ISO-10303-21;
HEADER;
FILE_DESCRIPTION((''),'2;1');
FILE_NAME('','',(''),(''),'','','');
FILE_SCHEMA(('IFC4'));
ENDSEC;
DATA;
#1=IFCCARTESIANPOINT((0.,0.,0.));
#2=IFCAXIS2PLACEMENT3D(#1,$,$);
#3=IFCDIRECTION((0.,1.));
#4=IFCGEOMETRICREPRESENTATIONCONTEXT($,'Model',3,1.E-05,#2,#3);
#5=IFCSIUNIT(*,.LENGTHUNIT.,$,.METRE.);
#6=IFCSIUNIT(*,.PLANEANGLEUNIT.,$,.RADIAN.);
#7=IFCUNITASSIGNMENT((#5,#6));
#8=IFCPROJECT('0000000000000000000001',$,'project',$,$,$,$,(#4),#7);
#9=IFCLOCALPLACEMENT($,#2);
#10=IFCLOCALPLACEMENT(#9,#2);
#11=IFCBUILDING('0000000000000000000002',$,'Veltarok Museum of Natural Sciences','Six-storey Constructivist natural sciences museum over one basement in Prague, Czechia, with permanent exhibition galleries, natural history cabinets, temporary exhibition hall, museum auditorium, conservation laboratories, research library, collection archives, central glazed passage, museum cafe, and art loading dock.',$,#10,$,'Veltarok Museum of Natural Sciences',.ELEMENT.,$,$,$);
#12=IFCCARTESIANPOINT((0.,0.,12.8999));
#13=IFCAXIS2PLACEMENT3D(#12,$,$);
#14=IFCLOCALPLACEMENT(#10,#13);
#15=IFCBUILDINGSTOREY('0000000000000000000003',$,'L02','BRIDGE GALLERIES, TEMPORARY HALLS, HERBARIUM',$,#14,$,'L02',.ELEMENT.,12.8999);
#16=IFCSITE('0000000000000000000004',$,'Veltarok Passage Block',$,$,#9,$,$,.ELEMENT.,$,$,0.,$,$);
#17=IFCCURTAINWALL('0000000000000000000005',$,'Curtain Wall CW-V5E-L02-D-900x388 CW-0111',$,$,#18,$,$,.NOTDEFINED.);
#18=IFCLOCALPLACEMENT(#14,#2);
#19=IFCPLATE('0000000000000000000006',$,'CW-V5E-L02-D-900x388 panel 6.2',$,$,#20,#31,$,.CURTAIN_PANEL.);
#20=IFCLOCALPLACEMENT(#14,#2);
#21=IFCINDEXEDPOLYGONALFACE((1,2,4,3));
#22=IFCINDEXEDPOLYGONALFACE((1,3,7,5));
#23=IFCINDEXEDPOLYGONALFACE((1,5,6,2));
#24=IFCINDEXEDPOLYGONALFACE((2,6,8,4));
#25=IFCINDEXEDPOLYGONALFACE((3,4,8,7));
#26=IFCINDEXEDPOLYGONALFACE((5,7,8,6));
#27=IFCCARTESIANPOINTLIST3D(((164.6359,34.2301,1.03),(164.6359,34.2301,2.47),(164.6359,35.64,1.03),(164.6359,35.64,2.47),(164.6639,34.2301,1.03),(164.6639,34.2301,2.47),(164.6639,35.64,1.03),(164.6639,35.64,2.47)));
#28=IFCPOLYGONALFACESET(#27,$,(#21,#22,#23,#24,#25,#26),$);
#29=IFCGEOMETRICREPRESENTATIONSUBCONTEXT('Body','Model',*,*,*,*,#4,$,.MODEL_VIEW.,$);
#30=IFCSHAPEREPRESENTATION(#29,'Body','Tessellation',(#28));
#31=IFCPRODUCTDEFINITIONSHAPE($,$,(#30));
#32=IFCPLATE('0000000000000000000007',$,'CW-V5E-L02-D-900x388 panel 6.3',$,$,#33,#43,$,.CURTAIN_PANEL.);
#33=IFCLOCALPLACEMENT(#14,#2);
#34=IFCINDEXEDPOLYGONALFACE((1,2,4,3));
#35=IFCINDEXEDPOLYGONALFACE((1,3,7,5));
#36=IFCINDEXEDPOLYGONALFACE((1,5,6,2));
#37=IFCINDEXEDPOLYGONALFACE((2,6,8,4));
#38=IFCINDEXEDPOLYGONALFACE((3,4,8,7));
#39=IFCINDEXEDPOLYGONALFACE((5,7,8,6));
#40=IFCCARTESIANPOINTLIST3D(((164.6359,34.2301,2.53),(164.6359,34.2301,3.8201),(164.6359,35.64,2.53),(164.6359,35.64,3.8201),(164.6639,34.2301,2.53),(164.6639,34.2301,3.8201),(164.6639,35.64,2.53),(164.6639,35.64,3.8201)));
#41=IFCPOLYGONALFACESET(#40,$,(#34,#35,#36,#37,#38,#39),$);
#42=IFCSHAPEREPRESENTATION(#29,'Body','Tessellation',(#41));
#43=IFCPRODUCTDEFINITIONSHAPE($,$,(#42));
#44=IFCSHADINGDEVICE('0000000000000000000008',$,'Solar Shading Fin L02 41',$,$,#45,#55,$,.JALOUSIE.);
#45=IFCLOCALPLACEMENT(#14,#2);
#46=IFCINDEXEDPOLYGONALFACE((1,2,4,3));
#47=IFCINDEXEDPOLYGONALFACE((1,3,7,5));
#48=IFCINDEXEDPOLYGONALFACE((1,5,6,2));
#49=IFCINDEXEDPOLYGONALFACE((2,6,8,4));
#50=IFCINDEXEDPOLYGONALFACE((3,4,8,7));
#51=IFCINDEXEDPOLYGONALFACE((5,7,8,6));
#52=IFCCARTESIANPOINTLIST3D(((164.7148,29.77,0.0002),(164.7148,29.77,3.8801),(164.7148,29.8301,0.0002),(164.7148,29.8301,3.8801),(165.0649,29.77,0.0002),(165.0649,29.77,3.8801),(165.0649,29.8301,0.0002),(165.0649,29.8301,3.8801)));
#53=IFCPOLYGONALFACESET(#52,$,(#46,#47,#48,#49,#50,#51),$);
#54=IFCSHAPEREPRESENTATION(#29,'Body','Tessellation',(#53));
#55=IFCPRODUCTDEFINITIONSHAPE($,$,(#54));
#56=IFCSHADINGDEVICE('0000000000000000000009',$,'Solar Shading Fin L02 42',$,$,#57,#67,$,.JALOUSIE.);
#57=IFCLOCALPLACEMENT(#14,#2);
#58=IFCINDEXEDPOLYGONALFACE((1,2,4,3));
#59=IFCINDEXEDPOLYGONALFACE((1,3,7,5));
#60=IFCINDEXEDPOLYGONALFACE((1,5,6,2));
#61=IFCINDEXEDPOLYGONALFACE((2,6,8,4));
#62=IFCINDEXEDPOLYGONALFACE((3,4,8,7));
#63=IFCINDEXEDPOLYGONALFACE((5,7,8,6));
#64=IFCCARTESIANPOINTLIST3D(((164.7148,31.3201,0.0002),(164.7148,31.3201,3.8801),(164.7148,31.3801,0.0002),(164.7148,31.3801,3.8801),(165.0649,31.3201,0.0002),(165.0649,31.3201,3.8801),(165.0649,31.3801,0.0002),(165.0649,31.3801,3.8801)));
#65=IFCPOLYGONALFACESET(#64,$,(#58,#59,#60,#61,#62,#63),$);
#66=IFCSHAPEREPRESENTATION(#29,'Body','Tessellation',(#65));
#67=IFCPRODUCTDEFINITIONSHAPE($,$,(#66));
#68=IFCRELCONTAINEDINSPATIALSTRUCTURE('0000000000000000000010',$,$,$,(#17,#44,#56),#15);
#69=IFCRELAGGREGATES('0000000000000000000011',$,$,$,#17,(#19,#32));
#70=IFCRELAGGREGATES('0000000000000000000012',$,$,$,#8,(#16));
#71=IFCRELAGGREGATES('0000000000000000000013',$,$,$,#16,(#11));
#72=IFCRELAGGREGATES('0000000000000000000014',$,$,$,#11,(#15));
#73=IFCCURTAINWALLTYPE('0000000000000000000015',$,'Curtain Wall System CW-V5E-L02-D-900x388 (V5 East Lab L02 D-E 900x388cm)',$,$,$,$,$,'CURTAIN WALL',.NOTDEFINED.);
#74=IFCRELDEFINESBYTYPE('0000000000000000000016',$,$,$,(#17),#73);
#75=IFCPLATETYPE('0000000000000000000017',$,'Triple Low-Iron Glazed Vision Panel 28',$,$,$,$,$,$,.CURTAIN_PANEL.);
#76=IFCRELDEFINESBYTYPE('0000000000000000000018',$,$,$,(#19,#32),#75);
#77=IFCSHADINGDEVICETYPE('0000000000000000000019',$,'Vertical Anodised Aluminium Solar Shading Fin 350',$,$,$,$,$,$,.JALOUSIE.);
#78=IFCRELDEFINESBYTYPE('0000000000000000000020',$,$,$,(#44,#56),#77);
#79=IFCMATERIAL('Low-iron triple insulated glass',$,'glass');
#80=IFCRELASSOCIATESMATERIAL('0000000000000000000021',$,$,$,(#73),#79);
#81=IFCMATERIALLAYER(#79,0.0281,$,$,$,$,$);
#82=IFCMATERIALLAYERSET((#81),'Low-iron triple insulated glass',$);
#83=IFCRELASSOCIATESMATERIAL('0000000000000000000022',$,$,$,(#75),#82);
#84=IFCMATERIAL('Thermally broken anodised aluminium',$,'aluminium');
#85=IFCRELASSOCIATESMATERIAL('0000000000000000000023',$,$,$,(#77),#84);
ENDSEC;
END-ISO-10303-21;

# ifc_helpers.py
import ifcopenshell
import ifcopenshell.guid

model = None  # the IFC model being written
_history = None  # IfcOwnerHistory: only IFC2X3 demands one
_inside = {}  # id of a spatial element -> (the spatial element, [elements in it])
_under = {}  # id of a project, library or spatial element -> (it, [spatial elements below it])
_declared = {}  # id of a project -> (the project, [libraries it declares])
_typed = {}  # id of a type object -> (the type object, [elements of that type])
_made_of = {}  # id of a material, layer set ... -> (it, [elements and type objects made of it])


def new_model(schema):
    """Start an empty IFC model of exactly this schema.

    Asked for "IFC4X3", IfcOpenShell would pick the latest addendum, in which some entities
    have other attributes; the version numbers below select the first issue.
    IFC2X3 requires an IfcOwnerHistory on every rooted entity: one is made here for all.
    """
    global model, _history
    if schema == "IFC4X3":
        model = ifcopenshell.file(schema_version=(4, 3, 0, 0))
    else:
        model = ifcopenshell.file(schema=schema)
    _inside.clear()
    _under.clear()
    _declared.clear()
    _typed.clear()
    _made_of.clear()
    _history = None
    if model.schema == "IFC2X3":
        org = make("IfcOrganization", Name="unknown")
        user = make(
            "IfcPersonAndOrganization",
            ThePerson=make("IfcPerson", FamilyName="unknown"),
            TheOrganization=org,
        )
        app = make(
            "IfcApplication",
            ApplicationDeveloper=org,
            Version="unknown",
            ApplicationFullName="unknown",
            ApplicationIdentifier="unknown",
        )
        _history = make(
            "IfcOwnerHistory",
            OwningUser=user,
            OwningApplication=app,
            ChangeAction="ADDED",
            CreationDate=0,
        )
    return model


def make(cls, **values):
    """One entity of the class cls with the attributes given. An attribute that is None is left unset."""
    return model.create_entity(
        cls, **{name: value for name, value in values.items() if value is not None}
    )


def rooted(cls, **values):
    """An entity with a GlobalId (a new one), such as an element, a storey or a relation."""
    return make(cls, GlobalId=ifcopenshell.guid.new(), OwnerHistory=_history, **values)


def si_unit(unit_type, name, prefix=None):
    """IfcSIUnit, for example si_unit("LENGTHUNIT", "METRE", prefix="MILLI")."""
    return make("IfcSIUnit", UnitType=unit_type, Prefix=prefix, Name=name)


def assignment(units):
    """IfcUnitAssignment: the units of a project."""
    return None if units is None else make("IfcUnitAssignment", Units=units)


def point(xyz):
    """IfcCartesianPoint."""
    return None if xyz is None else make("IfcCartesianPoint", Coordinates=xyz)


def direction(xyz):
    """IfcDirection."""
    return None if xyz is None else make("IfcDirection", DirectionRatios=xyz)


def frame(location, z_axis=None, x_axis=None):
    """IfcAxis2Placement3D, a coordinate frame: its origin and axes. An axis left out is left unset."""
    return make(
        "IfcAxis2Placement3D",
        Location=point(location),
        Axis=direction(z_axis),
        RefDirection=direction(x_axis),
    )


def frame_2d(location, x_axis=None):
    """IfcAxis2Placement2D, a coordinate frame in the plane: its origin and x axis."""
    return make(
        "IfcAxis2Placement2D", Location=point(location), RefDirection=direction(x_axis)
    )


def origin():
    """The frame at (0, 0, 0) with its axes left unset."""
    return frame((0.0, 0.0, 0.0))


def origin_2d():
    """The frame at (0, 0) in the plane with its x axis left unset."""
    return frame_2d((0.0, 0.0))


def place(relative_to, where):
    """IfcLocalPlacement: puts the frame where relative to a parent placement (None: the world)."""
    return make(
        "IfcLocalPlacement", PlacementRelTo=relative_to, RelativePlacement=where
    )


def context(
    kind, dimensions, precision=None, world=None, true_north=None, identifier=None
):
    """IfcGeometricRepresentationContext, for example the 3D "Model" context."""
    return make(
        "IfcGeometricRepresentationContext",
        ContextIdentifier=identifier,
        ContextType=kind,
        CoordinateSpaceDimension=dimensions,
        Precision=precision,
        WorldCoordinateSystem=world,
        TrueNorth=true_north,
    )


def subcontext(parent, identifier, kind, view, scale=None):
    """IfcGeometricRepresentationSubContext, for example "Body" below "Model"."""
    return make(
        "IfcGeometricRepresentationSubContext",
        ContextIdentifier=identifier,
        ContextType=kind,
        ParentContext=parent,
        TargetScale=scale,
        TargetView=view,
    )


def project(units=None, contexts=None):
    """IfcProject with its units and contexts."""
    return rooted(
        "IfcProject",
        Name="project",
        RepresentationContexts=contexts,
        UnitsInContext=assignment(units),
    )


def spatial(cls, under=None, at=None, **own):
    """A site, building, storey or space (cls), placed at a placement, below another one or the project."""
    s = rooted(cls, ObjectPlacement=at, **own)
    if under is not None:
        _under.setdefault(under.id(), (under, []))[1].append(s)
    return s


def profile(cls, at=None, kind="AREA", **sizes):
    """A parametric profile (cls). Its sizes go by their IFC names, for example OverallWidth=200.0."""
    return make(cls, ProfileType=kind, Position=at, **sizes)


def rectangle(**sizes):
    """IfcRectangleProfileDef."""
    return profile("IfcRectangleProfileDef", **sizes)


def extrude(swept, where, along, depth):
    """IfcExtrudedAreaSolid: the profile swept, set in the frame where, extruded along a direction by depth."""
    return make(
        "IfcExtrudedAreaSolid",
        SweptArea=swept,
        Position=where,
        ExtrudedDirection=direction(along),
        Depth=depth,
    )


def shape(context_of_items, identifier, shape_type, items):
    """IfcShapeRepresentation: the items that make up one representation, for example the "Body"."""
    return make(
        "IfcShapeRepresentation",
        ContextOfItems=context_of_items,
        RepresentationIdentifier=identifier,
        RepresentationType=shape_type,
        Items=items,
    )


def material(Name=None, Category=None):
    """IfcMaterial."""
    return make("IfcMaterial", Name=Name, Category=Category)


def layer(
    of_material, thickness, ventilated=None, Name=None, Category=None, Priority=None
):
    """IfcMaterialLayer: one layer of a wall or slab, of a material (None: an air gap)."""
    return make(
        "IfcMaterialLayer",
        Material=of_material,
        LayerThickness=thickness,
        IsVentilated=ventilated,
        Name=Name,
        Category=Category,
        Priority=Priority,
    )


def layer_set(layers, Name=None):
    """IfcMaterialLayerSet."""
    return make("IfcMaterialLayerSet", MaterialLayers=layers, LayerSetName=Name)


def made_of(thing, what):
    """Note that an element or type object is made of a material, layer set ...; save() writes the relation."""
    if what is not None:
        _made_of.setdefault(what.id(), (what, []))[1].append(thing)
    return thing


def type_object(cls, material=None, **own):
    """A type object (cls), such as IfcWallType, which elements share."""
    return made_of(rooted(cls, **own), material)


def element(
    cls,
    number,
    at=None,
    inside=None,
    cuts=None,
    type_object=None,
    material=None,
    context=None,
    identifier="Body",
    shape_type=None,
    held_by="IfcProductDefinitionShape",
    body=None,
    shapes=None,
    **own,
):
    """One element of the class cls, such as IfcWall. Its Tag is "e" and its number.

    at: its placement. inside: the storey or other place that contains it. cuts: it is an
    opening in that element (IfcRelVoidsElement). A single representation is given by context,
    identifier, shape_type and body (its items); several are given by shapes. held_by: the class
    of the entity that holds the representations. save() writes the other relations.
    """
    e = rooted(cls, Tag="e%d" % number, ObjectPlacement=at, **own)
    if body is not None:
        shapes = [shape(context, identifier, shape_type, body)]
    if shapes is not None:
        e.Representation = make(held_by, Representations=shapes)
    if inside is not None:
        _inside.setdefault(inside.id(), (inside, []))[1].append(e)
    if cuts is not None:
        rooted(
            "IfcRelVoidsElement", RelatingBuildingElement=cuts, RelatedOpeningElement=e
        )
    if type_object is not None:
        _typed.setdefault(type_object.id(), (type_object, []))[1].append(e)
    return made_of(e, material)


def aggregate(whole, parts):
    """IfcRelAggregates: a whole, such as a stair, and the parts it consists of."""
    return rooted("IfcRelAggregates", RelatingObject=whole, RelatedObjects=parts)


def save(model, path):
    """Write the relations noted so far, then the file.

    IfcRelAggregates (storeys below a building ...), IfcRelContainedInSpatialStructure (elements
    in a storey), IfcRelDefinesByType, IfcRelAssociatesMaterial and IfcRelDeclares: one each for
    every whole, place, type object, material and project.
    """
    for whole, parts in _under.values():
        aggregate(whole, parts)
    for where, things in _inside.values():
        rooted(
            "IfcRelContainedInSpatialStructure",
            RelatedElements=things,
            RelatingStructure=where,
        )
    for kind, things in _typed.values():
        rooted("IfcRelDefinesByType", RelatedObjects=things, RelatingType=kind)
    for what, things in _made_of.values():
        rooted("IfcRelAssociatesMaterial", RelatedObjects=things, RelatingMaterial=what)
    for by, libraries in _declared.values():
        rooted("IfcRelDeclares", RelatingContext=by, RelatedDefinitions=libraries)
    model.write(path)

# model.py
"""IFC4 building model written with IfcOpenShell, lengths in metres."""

from ifc_helpers import new_model, si_unit, direction, frame, origin, origin_2d, place, context, subcontext, project, spatial, rectangle, extrude, material, layer, layer_set, type_object, element, aggregate, save


model = new_model("IFC4")

# Units and contexts
model_context = context("Model", 3, precision=1e-05, world=origin(), true_north=direction((0.0, 1.0)))
body_context = subcontext(model_context, "Body", "Model", "MODEL_VIEW")
ifc_project = project(units=[si_unit("LENGTHUNIT", "METRE"), si_unit("PLANEANGLEUNIT", "RADIAN")], contexts=[model_context])

# Site, building, storey
site_placement = place(None, origin())
site = spatial("IfcSite", under=ifc_project, at=site_placement, Name="Veltarok Passage Block", CompositionType="ELEMENT", RefElevation=0.0)
building_placement = place(site_placement, origin())
building = spatial("IfcBuilding", under=site, at=building_placement, Name="Veltarok Museum of Natural Sciences", Description="Six-storey Constructivist natural sciences museum over one basement in Prague, Czechia, with permanent exhibition galleries, natural history cabinets, temporary exhibition hall, museum auditorium, conservation laboratories, research library, collection archives, central glazed passage, museum cafe, and art loading dock.", LongName="Veltarok Museum of Natural Sciences", CompositionType="ELEMENT")
storey_placement = place(building_placement, frame((0.0, 0.0, 12.8999)))
storey = spatial("IfcBuildingStorey", under=building, at=storey_placement, Name="L02", Description="BRIDGE GALLERIES, TEMPORARY HALLS, HERBARIUM", LongName="L02", CompositionType="ELEMENT", Elevation=12.8999)

# Curtain wall
ifc_material_1 = material(Name="Low-iron triple insulated glass", Category="glass")
curtain_wall_type_1 = type_object("IfcCurtainWallType", Name="Curtain Wall System CW-V5E-L02-D-900x388 (V5 East Lab L02 D-E 900x388cm)", ElementType="CURTAIN WALL", PredefinedType="NOTDEFINED", material=ifc_material_1)
curtain_wall_1_placement = place(storey_placement, origin())
curtain_wall_1 = element("IfcCurtainWall", 1, at=curtain_wall_1_placement, inside=storey, type_object=curtain_wall_type_1, Name="Curtain Wall CW-V5E-L02-D-900x388 CW-0111", PredefinedType="NOTDEFINED")
ifc_material_2 = material(Name="Thermally broken anodised aluminium", Category="aluminium")

# Plates
ifc_layer = layer(ifc_material_1, 0.0281)
ifc_layer_set = layer_set([ifc_layer], Name="Low-iron triple insulated glass")
plate_type = type_object("IfcPlateType", Name="Triple Low-Iron Glazed Vision Panel 28", PredefinedType="CURTAIN_PANEL", material=ifc_layer_set)
plate_1_placement = place(storey_placement, frame((164.6499, 34.9351, 1.03), z_axis=(0.0, 0.0, 1.0), x_axis=(0.0, 1.0, 0.0)))
plate_1 = element("IfcPlate", 2, at=plate_1_placement, type_object=plate_type, Name="CW-V5E-L02-D-900x388 panel 6.2", PredefinedType="CURTAIN_PANEL", context=body_context, shape_type="SweptSolid", body=[
    extrude(rectangle(XDim=1.4099, YDim=0.0281, at=origin_2d()), origin(), (0.0, 0.0, 1.0), 1.4399),
])
plate_2_placement = place(storey_placement, frame((164.6499, 34.9351, 2.53), z_axis=(0.0, 0.0, 1.0), x_axis=(0.0, 1.0, 0.0)))
plate_2 = element("IfcPlate", 3, at=plate_2_placement, type_object=plate_type, Name="CW-V5E-L02-D-900x388 panel 6.3", PredefinedType="CURTAIN_PANEL", context=body_context, shape_type="SweptSolid", body=[
    extrude(rectangle(XDim=1.4099, YDim=0.0281, at=origin_2d()), origin(), (0.0, 0.0, 1.0), 1.29),
])
aggregate(curtain_wall_1, [plate_1, plate_2])

# Shading devices
shading_device_type = type_object("IfcShadingDeviceType", Name="Vertical Anodised Aluminium Solar Shading Fin 350", PredefinedType="JALOUSIE", material=ifc_material_2)
for number, where, z_axis, x_axis, name in (
    (4, (164.8899, 29.8, 0.0002), (0.0, 0.0, 1.0), (1.0, 0.0, 0.0), "Solar Shading Fin L02 41"),
    (5, (164.8899, 31.3501, 0.0002), (0.0, 0.0, 1.0), (1.0, 0.0, 0.0), "Solar Shading Fin L02 42"),
):
    element("IfcShadingDevice", number, at=place(storey_placement, frame(where, z_axis=z_axis, x_axis=x_axis)), inside=storey, type_object=shading_device_type, Name=name, PredefinedType="JALOUSIE", context=body_context, shape_type="SweptSolid", body=[
        extrude(rectangle(XDim=0.3501, YDim=0.0601, at=origin_2d()), origin(), (0.0, 0.0, 1.0), 3.8799),
    ])

save(model, "model.ifc")
